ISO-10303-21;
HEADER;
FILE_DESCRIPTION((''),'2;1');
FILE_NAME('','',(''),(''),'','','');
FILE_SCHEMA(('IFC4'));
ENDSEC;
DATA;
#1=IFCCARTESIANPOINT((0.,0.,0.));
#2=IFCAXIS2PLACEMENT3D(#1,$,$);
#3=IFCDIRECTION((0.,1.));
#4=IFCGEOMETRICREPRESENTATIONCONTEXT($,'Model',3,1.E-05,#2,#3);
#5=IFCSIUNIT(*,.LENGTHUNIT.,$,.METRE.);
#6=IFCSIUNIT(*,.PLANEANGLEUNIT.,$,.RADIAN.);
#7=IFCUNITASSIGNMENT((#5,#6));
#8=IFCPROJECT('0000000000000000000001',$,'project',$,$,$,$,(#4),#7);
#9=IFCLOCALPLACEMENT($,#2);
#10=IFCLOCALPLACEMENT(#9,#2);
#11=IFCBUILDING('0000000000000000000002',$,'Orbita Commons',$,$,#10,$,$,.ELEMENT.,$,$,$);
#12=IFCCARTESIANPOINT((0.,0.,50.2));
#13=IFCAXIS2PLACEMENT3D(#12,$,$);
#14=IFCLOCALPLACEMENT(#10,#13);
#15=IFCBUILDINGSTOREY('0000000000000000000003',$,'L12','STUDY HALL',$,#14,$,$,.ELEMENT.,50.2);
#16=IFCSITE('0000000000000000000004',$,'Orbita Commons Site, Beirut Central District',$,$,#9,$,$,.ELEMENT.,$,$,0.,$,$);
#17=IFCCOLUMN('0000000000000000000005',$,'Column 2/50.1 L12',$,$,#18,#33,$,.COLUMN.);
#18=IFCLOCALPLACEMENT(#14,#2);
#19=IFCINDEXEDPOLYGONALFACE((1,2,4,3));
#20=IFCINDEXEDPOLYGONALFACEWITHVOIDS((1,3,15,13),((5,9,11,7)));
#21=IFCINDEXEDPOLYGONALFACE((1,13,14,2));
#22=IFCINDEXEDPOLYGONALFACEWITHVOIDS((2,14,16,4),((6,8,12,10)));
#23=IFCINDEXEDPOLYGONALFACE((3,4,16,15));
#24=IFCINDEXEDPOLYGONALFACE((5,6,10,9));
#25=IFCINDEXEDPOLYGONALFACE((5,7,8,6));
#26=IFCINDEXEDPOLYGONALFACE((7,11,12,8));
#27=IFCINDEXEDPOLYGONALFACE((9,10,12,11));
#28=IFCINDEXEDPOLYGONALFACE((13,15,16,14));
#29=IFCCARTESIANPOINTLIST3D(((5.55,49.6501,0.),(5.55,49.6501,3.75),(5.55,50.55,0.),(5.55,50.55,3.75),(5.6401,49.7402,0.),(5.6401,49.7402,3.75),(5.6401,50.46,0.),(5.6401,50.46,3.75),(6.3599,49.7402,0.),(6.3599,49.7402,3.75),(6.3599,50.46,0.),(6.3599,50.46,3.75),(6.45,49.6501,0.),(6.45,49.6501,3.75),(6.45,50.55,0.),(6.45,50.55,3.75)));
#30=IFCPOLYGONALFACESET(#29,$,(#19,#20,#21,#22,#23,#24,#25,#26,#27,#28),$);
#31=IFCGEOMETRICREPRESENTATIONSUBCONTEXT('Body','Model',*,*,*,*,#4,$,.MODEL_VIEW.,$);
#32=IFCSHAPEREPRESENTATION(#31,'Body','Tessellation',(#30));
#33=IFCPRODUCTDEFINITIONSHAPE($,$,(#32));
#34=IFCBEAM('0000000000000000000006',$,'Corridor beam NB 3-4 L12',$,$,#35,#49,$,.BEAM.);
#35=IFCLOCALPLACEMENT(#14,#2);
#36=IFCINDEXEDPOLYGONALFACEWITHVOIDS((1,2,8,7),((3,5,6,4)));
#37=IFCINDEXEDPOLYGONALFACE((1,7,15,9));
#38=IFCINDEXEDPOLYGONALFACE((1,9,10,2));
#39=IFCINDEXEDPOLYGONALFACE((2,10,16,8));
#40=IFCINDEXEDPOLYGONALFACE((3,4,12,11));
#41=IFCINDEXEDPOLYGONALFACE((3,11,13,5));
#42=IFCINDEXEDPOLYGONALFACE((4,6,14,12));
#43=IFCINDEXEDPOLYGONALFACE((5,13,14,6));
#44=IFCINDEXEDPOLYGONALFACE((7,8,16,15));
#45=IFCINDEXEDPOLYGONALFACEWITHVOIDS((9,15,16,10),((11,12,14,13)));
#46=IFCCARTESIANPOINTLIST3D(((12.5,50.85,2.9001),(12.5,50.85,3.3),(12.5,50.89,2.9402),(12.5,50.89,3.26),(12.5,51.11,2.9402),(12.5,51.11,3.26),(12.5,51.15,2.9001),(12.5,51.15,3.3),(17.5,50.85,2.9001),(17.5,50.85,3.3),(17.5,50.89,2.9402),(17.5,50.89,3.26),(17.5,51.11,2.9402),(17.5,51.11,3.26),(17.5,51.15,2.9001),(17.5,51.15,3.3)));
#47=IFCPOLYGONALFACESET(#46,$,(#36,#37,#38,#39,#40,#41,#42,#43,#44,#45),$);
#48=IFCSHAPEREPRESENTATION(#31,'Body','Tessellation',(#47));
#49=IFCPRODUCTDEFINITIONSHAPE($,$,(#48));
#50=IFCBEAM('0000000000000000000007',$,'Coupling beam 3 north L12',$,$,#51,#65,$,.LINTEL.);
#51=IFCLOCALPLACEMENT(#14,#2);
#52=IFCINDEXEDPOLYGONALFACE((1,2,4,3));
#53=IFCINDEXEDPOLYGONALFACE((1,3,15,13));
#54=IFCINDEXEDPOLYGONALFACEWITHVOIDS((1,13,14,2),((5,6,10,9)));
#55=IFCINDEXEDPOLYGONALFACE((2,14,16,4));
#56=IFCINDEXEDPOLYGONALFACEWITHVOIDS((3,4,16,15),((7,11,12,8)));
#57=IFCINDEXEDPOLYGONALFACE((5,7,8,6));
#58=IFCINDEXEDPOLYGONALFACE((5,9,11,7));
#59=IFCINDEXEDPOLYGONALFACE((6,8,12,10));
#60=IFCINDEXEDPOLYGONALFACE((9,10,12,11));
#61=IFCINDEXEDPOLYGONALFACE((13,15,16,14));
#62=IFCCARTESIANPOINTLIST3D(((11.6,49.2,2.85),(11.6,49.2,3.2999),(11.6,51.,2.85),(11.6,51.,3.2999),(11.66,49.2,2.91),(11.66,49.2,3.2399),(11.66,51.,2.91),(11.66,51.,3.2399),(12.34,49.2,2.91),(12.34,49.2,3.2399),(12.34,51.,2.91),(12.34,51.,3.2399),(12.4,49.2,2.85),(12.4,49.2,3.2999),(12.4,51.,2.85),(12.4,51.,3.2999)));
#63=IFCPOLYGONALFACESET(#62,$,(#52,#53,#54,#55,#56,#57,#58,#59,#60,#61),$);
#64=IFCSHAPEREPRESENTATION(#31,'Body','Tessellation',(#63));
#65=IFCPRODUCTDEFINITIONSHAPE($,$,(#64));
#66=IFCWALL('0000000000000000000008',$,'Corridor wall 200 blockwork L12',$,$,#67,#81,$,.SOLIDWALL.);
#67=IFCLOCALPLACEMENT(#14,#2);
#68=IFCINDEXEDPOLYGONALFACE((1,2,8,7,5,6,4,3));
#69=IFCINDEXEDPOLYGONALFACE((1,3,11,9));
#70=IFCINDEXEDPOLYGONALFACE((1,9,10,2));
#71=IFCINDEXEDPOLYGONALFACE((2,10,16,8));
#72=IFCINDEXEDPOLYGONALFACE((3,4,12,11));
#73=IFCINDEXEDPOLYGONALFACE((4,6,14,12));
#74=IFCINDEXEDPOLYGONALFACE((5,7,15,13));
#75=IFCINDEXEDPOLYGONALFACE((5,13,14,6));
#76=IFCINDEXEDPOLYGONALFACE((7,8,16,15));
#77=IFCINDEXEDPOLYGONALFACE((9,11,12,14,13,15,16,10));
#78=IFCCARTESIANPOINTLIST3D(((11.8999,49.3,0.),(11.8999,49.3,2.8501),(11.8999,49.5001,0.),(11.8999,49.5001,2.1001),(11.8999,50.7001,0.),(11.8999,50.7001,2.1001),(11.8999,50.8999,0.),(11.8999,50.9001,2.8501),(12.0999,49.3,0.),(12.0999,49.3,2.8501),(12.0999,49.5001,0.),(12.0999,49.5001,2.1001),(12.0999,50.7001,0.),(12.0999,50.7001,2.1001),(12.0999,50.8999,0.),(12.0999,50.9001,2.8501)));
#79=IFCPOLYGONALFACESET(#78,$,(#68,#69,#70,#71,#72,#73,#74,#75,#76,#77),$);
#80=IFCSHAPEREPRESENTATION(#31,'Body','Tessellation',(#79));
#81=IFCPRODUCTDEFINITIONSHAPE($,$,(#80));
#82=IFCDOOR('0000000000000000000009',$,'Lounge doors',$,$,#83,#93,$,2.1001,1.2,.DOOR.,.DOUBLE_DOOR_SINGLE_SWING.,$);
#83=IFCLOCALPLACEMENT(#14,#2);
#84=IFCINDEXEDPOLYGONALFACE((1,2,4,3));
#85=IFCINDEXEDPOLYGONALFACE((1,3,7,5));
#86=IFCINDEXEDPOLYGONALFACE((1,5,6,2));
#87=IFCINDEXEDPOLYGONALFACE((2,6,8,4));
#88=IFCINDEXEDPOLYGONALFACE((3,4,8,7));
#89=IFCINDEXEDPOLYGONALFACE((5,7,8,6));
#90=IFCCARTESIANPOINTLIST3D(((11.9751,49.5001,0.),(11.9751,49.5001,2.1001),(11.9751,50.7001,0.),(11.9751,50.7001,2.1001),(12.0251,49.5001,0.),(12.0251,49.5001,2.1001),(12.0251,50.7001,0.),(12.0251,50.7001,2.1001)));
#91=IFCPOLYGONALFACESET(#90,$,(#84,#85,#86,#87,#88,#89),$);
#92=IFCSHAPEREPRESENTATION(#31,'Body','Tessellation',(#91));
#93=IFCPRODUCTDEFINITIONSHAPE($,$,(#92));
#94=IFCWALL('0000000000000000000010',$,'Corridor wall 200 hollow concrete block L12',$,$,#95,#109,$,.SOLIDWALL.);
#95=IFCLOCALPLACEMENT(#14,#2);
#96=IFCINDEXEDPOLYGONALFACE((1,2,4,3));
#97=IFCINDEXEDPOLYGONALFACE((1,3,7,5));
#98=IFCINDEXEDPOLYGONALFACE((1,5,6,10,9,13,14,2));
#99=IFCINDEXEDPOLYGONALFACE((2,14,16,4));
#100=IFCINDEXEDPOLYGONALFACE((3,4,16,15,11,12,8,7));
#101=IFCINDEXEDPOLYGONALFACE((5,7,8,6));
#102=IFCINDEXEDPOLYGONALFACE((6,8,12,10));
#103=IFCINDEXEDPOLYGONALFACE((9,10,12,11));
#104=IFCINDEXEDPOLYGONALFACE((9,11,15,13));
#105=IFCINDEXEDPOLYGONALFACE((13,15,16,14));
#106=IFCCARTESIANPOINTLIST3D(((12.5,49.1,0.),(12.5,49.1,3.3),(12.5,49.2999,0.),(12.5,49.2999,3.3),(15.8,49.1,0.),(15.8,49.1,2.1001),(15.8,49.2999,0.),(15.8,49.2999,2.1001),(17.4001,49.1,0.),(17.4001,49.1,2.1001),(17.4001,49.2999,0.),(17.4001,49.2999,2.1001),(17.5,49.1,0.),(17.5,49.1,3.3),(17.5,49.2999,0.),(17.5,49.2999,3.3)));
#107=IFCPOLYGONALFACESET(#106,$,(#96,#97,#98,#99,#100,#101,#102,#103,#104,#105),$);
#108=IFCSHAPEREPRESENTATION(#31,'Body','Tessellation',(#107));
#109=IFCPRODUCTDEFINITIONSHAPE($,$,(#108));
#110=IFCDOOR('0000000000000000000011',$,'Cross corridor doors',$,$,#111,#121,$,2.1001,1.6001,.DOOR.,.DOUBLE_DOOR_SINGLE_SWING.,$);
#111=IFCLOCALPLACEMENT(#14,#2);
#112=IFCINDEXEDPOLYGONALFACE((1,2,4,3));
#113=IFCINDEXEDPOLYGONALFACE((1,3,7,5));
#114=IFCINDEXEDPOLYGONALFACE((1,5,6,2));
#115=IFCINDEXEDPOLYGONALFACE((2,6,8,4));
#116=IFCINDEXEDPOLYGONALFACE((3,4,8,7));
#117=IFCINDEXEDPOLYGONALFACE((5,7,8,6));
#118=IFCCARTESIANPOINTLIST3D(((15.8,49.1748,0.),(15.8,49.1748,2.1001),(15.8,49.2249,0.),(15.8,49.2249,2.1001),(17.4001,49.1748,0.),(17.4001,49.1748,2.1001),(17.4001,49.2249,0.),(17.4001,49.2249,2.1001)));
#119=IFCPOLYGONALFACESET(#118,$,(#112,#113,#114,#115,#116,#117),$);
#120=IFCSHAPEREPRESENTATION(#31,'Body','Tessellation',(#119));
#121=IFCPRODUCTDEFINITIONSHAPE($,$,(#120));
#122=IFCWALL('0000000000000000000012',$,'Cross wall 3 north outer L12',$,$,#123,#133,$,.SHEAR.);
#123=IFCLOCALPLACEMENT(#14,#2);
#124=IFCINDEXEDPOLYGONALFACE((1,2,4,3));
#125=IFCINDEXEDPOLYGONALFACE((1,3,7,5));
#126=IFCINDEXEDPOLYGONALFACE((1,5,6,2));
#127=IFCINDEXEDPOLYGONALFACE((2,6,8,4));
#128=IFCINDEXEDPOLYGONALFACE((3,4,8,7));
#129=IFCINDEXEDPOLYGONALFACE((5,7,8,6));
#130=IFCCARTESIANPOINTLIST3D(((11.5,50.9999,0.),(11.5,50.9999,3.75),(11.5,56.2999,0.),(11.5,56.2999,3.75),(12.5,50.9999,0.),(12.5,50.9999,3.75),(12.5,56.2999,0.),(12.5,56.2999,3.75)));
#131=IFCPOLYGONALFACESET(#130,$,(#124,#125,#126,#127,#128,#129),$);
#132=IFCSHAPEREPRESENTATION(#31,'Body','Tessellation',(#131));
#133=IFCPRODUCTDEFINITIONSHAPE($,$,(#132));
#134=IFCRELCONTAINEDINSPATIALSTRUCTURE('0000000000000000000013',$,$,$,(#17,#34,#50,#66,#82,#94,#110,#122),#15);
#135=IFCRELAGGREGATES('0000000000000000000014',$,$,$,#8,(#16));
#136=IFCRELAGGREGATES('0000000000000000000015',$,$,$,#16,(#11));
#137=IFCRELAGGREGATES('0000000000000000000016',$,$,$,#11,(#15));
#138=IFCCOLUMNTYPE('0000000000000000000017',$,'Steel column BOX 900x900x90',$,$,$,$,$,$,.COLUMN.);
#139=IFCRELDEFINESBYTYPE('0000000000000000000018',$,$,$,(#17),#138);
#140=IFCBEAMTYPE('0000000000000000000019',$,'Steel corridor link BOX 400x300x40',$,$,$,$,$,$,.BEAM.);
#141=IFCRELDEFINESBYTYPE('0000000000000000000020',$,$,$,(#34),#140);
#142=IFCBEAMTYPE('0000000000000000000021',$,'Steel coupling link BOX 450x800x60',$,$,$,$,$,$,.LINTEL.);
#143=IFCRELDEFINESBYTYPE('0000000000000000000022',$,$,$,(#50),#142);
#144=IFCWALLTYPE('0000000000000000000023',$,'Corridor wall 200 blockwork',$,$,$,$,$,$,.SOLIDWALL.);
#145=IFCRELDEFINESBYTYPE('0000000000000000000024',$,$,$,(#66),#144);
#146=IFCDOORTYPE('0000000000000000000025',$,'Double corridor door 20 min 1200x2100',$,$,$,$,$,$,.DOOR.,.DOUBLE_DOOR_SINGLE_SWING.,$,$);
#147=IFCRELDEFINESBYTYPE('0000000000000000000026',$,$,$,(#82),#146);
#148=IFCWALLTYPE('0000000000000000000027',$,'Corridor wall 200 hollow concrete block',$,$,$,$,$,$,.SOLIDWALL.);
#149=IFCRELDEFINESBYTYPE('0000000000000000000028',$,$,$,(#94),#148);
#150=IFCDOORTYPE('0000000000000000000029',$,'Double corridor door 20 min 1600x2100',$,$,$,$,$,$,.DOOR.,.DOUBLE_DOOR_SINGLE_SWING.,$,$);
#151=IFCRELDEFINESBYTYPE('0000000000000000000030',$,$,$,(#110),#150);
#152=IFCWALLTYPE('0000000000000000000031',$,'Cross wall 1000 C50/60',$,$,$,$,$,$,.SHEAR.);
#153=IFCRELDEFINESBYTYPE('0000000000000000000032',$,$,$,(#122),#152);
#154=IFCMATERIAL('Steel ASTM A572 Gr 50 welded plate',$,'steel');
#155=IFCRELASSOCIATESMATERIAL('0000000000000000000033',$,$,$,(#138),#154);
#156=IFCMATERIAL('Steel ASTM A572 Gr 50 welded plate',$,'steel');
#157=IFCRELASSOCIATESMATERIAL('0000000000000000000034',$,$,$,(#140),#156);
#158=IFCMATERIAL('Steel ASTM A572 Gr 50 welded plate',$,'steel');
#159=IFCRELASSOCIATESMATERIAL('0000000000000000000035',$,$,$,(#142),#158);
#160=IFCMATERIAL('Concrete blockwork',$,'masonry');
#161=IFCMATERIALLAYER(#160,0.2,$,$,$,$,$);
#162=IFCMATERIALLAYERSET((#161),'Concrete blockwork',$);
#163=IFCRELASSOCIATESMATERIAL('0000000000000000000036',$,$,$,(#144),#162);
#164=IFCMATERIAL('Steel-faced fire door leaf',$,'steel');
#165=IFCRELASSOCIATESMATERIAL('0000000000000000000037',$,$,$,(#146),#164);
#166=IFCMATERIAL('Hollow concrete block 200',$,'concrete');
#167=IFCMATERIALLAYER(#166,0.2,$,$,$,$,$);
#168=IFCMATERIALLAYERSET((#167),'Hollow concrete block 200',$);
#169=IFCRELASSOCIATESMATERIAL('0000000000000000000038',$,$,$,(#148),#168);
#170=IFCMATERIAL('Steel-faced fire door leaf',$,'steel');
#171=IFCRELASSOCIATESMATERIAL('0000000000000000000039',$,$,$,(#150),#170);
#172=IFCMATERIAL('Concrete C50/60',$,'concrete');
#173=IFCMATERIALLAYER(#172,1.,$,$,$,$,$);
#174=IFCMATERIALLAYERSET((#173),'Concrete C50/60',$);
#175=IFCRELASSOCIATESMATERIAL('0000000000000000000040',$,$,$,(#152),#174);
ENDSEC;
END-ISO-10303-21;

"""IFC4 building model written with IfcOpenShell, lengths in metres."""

from ifc_helpers import new_model, si_unit, direction, frame, frame_2d, origin, origin_2d, place, context, subcontext, project, spatial, polyline, rectangle, hollow_rectangle, outline, extrude, material, layer, layer_set, material_profile, profile_set, type_object, element, fill, save


model = new_model("IFC4")

# Units and contexts
model_context = context("Model", 3, precision=1e-05, world=origin(), true_north=direction((0.0, 1.0)))
body_context = subcontext(model_context, "Body", "Model", "MODEL_VIEW")
ifc_project = project(units=[si_unit("LENGTHUNIT", "METRE"), si_unit("PLANEANGLEUNIT", "RADIAN")], contexts=[model_context])

# Site, building, storey
site_placement = place(None, origin())
site = spatial("IfcSite", under=ifc_project, at=site_placement, Name="Orbita Commons Site, Beirut Central District", CompositionType="ELEMENT", RefElevation=0.0)
building_placement = place(site_placement, origin())
building = spatial("IfcBuilding", under=site, at=building_placement, Name="Orbita Commons", CompositionType="ELEMENT")
storey_placement = place(building_placement, frame((0.0, 0.0, 50.2)))
storey = spatial("IfcBuildingStorey", under=building, at=storey_placement, Name="L12", Description="STUDY HALL", CompositionType="ELEMENT", Elevation=50.2)

# Column
ifc_material_1 = material(Name="Steel ASTM A572 Gr 50 welded plate", Category="steel")
ifc_material_profile_1 = material_profile(ifc_material_1, hollow_rectangle(XDim=0.8999, YDim=0.8999, WallThickness=0.0901, at=origin_2d()), Name="BOX 900x900x90")
ifc_profile_set_1 = profile_set([ifc_material_profile_1], Name="Steel ASTM A572 Gr 50 welded plate")
column_type = type_object("IfcColumnType", Name="Steel column BOX 900x900x90", PredefinedType="COLUMN", material=ifc_profile_set_1)
column_placement = place(storey_placement, frame((6.0, 50.1001, 0.0), z_axis=(0.0, 0.0, 1.0), x_axis=(1.0, 0.0, 0.0)))
element("IfcColumn", 1, at=column_placement, inside=storey, type_object=column_type, Name="Column 2/50.1 L12", PredefinedType="COLUMN", context=body_context, shape_type="SweptSolid", body=[
    extrude(hollow_rectangle(XDim=0.8999, YDim=0.8999, WallThickness=0.0901, at=origin_2d()), origin(), (0.0, 0.0, 1.0), 3.75),
])

# Beams
ifc_material_2 = material(Name="Steel ASTM A572 Gr 50 welded plate", Category="steel")
ifc_material_profile_2 = material_profile(ifc_material_2, hollow_rectangle(XDim=0.3, YDim=0.3999, WallThickness=0.04, at=origin_2d()), Name="BOX 400x300x40")
ifc_profile_set_2 = profile_set([ifc_material_profile_2], Name="Steel ASTM A572 Gr 50 welded plate")
beam_type_1 = type_object("IfcBeamType", Name="Steel corridor link BOX 400x300x40", PredefinedType="BEAM", material=ifc_profile_set_2)
beam_1_placement = place(storey_placement, frame((12.5, 51.0, 3.1001), z_axis=(1.0, 0.0, 0.0), x_axis=(0.0, 1.0, 0.0)))
element("IfcBeam", 2, at=beam_1_placement, inside=storey, type_object=beam_type_1, Name="Corridor beam NB 3-4 L12", PredefinedType="BEAM", context=body_context, shape_type="SweptSolid", body=[
    extrude(hollow_rectangle(XDim=0.3, YDim=0.3999, WallThickness=0.04, at=origin_2d()), origin(), (0.0, 0.0, 1.0), 5.0),
])
ifc_material_3 = material(Name="Steel ASTM A572 Gr 50 welded plate", Category="steel")
ifc_material_profile_3 = material_profile(ifc_material_3, hollow_rectangle(XDim=0.8, YDim=0.45, WallThickness=0.0601, at=origin_2d()), Name="BOX 450x800x60")
ifc_profile_set_3 = profile_set([ifc_material_profile_3], Name="Steel ASTM A572 Gr 50 welded plate")
beam_type_2 = type_object("IfcBeamType", Name="Steel coupling link BOX 450x800x60", PredefinedType="LINTEL", material=ifc_profile_set_3)
beam_2_placement = place(storey_placement, frame((12.0, 49.2, 3.075), z_axis=(0.0, 1.0, 0.0), x_axis=(-1.0, 0.0, 0.0)))
element("IfcBeam", 3, at=beam_2_placement, inside=storey, type_object=beam_type_2, Name="Coupling beam 3 north L12", PredefinedType="LINTEL", context=body_context, shape_type="SweptSolid", body=[
    extrude(hollow_rectangle(XDim=0.8, YDim=0.45, WallThickness=0.0601, at=origin_2d()), origin(), (0.0, 0.0, 1.0), 1.8),
])

# Walls, openings, doors
ifc_material_4 = material(Name="Concrete blockwork", Category="masonry")
ifc_layer_1 = layer(ifc_material_4, 0.2)
ifc_layer_set_1 = layer_set([ifc_layer_1], Name="Concrete blockwork")
wall_type_1 = type_object("IfcWallType", Name="Corridor wall 200 blockwork", PredefinedType="SOLIDWALL", material=ifc_layer_set_1)
wall_1_placement = place(storey_placement, frame((12.0, 49.3, 0.0), z_axis=(0.0, 0.0, 1.0), x_axis=(0.0, 1.0, 0.0)))
wall_1 = element("IfcWall", 4, at=wall_1_placement, inside=storey, type_object=wall_type_1, Name="Corridor wall 200 blockwork L12", PredefinedType="SOLIDWALL", context=body_context, shape_type="SweptSolid", body=[
    extrude(outline(polyline([(0.0, 0.0), (1.5999, 0.0), (1.6001, 2.8501), (0.0, 2.8501), (0.0, 0.0)])), frame((0.0, 0.1001, 0.0), z_axis=(0.0, -1.0, 0.0), x_axis=(1.0, 0.0, 0.0)), (0.0, 0.0, 1.0), 0.2),
])
opening_1_placement = place(wall_1_placement, frame((0.2, 0.0, 0.0)))
opening_1 = element("IfcOpeningElement", 5, at=opening_1_placement, cuts=wall_1, PredefinedType="OPENING", context=body_context, shape_type="SweptSolid", body=[
    extrude(rectangle(XDim=1.2, YDim=2.1001, at=frame_2d((0.6001, 1.05))), frame((0.0, 0.1099, 0.0), z_axis=(0.0, -1.0, 0.0), x_axis=(1.0, 0.0, 0.0)), (0.0, 0.0, 1.0), 0.22),
])
ifc_material_5 = material(Name="Steel-faced fire door leaf", Category="steel")
door_type_1 = type_object("IfcDoorType", Name="Double corridor door 20 min 1200x2100", OperationType="DOUBLE_DOOR_SINGLE_SWING", PredefinedType="DOOR", material=ifc_material_5)
door_1_placement = place(opening_1_placement, origin())
door_1 = element("IfcDoor", 6, at=door_1_placement, inside=storey, type_object=door_type_1, Name="Lounge doors", OperationType="DOUBLE_DOOR_SINGLE_SWING", OverallHeight=2.1001, OverallWidth=1.2, PredefinedType="DOOR", context=body_context, shape_type="SweptSolid", body=[
    extrude(rectangle(XDim=1.2, YDim=2.1001, at=frame_2d((0.6001, 1.05))), frame((0.0, 0.0249, 0.0), z_axis=(0.0, -1.0, 0.0), x_axis=(1.0, 0.0, 0.0)), (0.0, 0.0, 1.0), 0.05),
])
fill(opening_1, door_1)
ifc_material_6 = material(Name="Hollow concrete block 200", Category="concrete")
ifc_layer_2 = layer(ifc_material_6, 0.2)
ifc_layer_set_2 = layer_set([ifc_layer_2], Name="Hollow concrete block 200")
wall_type_2 = type_object("IfcWallType", Name="Corridor wall 200 hollow concrete block", PredefinedType="SOLIDWALL", material=ifc_layer_set_2)
wall_2_placement = place(storey_placement, frame((12.5, 49.2, 0.0), z_axis=(0.0, 0.0, 1.0), x_axis=(1.0, 0.0, 0.0)))
wall_2 = element("IfcWall", 7, at=wall_2_placement, inside=storey, type_object=wall_type_2, Name="Corridor wall 200 hollow concrete block L12", PredefinedType="SOLIDWALL", context=body_context, shape_type="SweptSolid", body=[
    extrude(rectangle(XDim=5.0, YDim=0.2, at=frame_2d((2.5, 0.0))), origin(), (0.0, 0.0, 1.0), 3.3),
])
opening_2_placement = place(wall_2_placement, frame((3.3, 0.0, 0.0)))
opening_2 = element("IfcOpeningElement", 8, at=opening_2_placement, cuts=wall_2, PredefinedType="OPENING", context=body_context, shape_type="SweptSolid", body=[
    extrude(rectangle(XDim=1.6001, YDim=2.1001, at=frame_2d((0.8, 1.05))), frame((0.0, 0.1099, 0.0), z_axis=(0.0, -1.0, 0.0), x_axis=(1.0, 0.0, 0.0)), (0.0, 0.0, 1.0), 0.22),
])
ifc_material_7 = material(Name="Steel-faced fire door leaf", Category="steel")
door_type_2 = type_object("IfcDoorType", Name="Double corridor door 20 min 1600x2100", OperationType="DOUBLE_DOOR_SINGLE_SWING", PredefinedType="DOOR", material=ifc_material_7)
door_2_placement = place(opening_2_placement, origin())
door_2 = element("IfcDoor", 9, at=door_2_placement, inside=storey, type_object=door_type_2, Name="Cross corridor doors", OperationType="DOUBLE_DOOR_SINGLE_SWING", OverallHeight=2.1001, OverallWidth=1.6001, PredefinedType="DOOR", context=body_context, shape_type="SweptSolid", body=[
    extrude(rectangle(XDim=1.6001, YDim=2.1001, at=frame_2d((0.8, 1.05))), frame((0.0, 0.0249, 0.0), z_axis=(0.0, -1.0, 0.0), x_axis=(1.0, 0.0, 0.0)), (0.0, 0.0, 1.0), 0.05),
])
fill(opening_2, door_2)

# Wall
ifc_material_8 = material(Name="Concrete C50/60", Category="concrete")
ifc_layer_3 = layer(ifc_material_8, 1.0)
ifc_layer_set_3 = layer_set([ifc_layer_3], Name="Concrete C50/60")
wall_type_3 = type_object("IfcWallType", Name="Cross wall 1000 C50/60", PredefinedType="SHEAR", material=ifc_layer_set_3)
wall_3_placement = place(storey_placement, frame((12.0, 51.0, 0.0), z_axis=(0.0, 0.0, 1.0), x_axis=(0.0, 1.0, 0.0)))
element("IfcWall", 10, at=wall_3_placement, inside=storey, type_object=wall_type_3, Name="Cross wall 3 north outer L12", PredefinedType="SHEAR", context=body_context, shape_type="SweptSolid", body=[
    extrude(rectangle(XDim=5.3, YDim=1.0, at=frame_2d((2.6499, 0.0))), origin(), (0.0, 0.0, 1.0), 3.75),
])

save(model, "model.ifc")
